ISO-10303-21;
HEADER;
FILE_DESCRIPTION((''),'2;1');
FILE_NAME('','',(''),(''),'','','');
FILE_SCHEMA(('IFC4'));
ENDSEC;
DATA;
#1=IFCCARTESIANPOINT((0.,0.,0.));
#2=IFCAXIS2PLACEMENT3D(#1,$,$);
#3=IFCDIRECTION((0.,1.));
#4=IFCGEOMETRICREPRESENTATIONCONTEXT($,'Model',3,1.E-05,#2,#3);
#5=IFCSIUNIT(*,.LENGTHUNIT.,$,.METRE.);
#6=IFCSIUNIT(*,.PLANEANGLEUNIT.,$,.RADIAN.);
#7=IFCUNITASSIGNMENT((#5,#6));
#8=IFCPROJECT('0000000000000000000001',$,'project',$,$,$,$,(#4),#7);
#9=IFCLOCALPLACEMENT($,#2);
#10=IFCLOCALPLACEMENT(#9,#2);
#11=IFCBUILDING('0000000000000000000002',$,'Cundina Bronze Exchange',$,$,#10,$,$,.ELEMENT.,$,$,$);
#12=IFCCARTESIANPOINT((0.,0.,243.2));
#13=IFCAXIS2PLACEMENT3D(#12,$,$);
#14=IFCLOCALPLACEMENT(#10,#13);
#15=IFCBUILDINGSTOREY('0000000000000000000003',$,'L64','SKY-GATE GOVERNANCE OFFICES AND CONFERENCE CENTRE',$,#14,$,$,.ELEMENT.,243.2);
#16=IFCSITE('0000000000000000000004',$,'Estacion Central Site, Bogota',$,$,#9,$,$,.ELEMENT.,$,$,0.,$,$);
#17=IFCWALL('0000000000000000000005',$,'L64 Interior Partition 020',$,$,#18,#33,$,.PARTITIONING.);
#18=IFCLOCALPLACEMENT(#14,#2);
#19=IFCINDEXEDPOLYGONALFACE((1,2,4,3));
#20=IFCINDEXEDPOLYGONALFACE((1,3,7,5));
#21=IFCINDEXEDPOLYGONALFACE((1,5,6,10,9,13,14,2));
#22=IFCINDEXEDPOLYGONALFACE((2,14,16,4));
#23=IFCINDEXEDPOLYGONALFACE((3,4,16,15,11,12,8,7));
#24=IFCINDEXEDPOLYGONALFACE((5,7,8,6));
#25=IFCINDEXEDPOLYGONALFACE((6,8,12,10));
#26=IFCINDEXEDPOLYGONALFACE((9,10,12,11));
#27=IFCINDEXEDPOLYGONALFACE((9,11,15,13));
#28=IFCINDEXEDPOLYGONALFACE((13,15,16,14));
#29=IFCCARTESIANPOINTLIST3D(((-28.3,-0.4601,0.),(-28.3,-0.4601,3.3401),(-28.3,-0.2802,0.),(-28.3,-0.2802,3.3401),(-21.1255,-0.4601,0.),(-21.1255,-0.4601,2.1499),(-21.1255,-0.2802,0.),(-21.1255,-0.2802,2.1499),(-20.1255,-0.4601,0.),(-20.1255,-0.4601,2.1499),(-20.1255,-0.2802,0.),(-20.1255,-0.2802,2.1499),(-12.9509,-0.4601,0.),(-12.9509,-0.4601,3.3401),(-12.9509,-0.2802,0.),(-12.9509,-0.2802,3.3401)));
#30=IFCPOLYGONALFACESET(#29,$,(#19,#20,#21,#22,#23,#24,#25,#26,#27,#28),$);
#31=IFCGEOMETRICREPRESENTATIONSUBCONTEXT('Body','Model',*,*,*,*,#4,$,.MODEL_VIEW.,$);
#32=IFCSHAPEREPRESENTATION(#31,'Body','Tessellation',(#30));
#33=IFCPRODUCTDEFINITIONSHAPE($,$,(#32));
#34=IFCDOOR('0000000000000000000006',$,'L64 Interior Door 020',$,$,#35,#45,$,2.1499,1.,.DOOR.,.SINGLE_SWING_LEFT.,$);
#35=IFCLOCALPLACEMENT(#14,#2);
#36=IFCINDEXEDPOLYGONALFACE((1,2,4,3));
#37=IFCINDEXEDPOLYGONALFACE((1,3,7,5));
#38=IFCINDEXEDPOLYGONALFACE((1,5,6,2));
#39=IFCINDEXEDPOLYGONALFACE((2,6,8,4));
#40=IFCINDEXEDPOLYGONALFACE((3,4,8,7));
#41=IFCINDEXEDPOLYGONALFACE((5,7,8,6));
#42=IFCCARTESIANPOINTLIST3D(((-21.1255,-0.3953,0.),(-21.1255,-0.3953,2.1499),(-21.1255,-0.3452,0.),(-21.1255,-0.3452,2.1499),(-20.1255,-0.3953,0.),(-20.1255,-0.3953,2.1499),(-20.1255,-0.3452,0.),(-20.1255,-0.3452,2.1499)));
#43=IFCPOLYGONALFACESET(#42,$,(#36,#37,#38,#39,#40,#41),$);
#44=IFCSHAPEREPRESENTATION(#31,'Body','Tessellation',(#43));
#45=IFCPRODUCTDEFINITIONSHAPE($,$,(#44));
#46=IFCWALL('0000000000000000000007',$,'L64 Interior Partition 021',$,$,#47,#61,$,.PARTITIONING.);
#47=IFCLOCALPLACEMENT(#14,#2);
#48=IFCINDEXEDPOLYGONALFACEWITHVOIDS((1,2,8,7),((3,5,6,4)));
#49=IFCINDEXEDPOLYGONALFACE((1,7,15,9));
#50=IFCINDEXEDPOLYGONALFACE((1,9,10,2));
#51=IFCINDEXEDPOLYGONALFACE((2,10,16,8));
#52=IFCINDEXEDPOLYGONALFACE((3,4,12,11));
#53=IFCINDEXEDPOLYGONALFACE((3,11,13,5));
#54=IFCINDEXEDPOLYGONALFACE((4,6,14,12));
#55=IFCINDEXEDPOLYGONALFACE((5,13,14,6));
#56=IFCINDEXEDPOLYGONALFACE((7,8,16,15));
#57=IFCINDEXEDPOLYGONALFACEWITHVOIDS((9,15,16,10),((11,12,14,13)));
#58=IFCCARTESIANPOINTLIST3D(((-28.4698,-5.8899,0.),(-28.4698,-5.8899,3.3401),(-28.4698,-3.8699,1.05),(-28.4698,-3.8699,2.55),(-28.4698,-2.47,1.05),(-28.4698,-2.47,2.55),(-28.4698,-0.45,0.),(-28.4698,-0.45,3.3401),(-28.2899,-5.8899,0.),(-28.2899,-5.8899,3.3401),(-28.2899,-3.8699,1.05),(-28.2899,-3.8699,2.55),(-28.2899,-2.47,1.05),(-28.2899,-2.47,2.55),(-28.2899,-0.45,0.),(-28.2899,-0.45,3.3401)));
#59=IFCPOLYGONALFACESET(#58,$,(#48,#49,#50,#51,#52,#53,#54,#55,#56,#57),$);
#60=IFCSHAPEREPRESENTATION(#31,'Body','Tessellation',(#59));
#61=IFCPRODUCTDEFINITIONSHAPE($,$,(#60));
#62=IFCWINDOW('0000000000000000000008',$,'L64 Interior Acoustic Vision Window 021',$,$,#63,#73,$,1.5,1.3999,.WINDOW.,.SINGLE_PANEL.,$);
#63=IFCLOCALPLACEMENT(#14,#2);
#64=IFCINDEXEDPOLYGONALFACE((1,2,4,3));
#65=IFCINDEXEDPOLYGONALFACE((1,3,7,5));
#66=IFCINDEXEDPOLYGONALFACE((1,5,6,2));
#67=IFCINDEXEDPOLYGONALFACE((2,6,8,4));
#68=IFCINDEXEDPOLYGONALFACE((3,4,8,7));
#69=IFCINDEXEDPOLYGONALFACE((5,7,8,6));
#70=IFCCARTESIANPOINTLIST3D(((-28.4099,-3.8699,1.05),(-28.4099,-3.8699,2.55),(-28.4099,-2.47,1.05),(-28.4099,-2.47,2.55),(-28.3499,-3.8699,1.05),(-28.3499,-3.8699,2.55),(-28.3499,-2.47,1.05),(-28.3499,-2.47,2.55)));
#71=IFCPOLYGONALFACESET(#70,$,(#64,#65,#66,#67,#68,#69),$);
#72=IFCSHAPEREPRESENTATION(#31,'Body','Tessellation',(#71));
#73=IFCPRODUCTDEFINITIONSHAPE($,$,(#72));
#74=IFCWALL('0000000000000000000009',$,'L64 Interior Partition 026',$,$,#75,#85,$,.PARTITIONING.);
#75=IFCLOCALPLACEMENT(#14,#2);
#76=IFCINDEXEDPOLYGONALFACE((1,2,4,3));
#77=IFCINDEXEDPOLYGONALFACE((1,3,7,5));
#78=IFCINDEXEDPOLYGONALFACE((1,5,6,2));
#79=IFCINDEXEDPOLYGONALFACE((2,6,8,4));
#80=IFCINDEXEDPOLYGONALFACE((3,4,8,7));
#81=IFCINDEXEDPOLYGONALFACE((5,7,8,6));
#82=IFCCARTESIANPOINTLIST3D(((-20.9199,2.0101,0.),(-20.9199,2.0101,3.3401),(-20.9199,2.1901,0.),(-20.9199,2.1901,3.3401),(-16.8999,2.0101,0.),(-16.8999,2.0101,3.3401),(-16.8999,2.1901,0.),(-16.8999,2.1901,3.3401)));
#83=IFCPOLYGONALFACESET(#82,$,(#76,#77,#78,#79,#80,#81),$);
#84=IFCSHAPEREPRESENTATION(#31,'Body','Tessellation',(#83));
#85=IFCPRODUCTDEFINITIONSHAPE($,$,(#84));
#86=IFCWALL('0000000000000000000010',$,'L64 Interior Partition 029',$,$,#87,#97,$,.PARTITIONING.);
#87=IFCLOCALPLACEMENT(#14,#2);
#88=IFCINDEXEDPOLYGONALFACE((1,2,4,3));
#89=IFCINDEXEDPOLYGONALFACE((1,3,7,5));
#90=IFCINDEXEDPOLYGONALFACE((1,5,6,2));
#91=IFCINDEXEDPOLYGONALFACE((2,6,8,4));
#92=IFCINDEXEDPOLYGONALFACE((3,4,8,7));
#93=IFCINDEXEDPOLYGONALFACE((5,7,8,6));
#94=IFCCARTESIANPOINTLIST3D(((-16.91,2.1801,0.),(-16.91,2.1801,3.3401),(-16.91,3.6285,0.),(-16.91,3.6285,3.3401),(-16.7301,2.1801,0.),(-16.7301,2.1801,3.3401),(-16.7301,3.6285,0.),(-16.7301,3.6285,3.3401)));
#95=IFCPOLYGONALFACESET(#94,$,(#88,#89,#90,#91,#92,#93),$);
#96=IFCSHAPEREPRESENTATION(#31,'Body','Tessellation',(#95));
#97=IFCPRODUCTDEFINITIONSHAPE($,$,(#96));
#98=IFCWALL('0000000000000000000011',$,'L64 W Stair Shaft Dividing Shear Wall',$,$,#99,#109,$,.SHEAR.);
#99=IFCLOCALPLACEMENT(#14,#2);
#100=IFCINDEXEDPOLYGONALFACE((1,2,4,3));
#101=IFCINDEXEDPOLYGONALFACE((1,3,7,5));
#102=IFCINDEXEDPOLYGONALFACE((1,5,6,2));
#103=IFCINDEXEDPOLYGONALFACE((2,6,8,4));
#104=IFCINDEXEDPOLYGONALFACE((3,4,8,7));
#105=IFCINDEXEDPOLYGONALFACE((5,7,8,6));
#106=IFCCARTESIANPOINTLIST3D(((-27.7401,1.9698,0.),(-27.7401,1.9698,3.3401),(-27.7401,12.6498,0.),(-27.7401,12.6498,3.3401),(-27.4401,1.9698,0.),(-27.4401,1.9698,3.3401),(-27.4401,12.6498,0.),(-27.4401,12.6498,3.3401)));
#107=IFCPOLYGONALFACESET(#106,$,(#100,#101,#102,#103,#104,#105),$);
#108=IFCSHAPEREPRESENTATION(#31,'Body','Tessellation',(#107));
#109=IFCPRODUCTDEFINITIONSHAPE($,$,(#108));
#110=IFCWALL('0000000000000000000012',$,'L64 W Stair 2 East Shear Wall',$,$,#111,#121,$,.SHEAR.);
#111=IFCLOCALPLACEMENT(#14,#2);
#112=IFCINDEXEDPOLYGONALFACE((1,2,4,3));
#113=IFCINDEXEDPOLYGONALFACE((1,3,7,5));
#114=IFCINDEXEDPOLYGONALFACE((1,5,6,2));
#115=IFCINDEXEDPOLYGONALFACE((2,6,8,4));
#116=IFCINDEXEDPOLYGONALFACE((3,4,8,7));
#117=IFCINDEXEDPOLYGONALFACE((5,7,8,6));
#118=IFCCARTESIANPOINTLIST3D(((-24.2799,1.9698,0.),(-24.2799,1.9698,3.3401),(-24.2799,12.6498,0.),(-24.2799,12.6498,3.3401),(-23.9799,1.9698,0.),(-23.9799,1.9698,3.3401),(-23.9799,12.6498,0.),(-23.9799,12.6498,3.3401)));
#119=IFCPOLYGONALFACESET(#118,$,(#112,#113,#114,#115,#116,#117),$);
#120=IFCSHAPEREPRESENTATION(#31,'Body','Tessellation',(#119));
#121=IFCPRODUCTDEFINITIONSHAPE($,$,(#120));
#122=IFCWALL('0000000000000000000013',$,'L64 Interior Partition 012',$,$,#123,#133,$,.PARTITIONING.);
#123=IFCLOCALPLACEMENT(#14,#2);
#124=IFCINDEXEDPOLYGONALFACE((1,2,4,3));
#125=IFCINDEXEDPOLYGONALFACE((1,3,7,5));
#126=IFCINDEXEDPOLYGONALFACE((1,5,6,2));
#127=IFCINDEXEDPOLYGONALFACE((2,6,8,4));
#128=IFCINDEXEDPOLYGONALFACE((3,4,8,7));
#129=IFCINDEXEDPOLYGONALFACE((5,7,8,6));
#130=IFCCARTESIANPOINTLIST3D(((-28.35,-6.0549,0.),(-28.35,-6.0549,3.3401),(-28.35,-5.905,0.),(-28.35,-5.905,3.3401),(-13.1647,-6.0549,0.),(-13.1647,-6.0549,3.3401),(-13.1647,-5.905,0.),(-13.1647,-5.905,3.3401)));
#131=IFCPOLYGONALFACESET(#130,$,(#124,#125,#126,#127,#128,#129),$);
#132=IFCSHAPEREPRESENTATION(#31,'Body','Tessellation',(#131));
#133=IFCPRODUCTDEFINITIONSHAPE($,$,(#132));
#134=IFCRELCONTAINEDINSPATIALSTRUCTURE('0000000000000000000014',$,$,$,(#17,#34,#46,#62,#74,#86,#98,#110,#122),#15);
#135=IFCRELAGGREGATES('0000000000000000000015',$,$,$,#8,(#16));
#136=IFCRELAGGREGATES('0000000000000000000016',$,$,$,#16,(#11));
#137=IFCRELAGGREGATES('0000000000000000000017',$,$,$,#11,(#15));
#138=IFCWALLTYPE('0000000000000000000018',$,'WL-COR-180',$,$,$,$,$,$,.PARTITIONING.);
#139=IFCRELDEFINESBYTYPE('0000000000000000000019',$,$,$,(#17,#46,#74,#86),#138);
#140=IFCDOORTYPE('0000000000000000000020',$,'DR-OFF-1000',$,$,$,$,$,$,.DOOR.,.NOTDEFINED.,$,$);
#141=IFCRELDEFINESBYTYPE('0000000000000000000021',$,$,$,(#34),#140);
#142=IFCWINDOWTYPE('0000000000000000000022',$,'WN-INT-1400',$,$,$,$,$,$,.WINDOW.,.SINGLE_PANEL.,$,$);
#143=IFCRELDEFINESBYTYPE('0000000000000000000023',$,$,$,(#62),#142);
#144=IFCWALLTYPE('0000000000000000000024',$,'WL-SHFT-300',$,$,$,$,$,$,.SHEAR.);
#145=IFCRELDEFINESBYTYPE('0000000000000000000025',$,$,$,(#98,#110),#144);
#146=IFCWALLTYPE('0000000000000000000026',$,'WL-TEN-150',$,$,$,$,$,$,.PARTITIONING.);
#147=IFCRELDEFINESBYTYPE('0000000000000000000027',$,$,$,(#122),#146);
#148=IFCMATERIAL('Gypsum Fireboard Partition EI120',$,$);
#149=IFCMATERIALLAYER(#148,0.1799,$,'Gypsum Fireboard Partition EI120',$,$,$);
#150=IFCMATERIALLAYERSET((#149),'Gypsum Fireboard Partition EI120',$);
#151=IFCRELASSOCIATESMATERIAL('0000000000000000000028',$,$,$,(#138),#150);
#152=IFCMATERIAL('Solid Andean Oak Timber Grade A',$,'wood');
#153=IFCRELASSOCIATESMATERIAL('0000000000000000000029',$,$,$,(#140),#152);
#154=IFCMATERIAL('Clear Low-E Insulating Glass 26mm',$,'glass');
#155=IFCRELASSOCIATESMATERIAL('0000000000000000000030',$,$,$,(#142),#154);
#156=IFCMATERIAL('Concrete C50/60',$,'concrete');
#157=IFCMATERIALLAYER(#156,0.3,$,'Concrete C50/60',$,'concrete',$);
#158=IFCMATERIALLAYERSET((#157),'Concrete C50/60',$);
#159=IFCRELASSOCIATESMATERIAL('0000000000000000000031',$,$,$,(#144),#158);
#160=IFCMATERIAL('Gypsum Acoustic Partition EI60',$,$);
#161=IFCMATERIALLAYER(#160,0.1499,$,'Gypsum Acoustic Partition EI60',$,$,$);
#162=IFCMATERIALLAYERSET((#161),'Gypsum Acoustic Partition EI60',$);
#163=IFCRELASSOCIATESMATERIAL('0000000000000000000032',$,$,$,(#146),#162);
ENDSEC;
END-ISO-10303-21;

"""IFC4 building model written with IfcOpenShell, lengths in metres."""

from ifc_helpers import new_model, si_unit, direction, frame, frame_2d, origin, place, context, subcontext, project, spatial, rectangle, extrude, material, layer, layer_set, type_object, element, fill, save


model = new_model("IFC4")

# Units and contexts
model_context = context("Model", 3, precision=1e-05, world=origin(), true_north=direction((0.0, 1.0)))
body_context = subcontext(model_context, "Body", "Model", "MODEL_VIEW")
ifc_project = project(units=[si_unit("LENGTHUNIT", "METRE"), si_unit("PLANEANGLEUNIT", "RADIAN")], contexts=[model_context])

# Site, building, storey
site_placement = place(None, origin())
site = spatial("IfcSite", under=ifc_project, at=site_placement, Name="Estacion Central Site, Bogota", CompositionType="ELEMENT", RefElevation=0.0)
building_placement = place(site_placement, origin())
building = spatial("IfcBuilding", under=site, at=building_placement, Name="Cundina Bronze Exchange", CompositionType="ELEMENT")
storey_placement = place(building_placement, frame((0.0, 0.0, 243.2)))
storey = spatial("IfcBuildingStorey", under=building, at=storey_placement, Name="L64", Description="SKY-GATE GOVERNANCE OFFICES AND CONFERENCE CENTRE", CompositionType="ELEMENT", Elevation=243.2)

# Shared definitions
ifc_material_1 = material(Name="Concrete C50/60", Category="concrete")

# Shared definitions
ifc_material_2 = material(Name="Gypsum Fireboard Partition EI120")
ifc_layer_1 = layer(ifc_material_2, 0.1799, Name="Gypsum Fireboard Partition EI120")
ifc_layer_set_1 = layer_set([ifc_layer_1], Name="Gypsum Fireboard Partition EI120")
wall_type_1 = type_object("IfcWallType", Name="WL-COR-180", PredefinedType="PARTITIONING", material=ifc_layer_set_1)

# Wall, opening, door
wall_1_placement = place(storey_placement, frame((-28.3, -0.3701, 0.0), z_axis=(0.0, 0.0, 1.0), x_axis=(1.0, 0.0, 0.0)))
wall_1 = element("IfcWall", 1, at=wall_1_placement, inside=storey, type_object=wall_type_1, Name="L64 Interior Partition 020", PredefinedType="PARTITIONING", context=body_context, shape_type="SweptSolid", body=[
    extrude(rectangle(XDim=15.3491, YDim=0.1799, at=frame_2d((7.6746, 0.0))), origin(), (0.0, 0.0, 1.0), 3.3401),
])
opening_1_placement = place(wall_1_placement, frame((7.1746, 0.0, 0.0)))
opening_1 = element("IfcOpeningElement", 2, at=opening_1_placement, cuts=wall_1, PredefinedType="OPENING", context=body_context, shape_type="SweptSolid", body=[
    extrude(rectangle(XDim=1.0, YDim=2.1499, at=frame_2d((0.5, 1.075))), frame((0.0, 0.0999, 0.0), z_axis=(0.0, -1.0, 0.0), x_axis=(1.0, 0.0, 0.0)), (0.0, 0.0, 1.0), 0.2),
])
ifc_material_3 = material(Name="Solid Andean Oak Timber Grade A", Category="wood")
door_type_1 = type_object("IfcDoorType", Name="DR-OFF-1000", OperationType="NOTDEFINED", PredefinedType="DOOR", material=ifc_material_3)
door_1_placement = place(opening_1_placement, origin())
door_1 = element("IfcDoor", 3, at=door_1_placement, inside=storey, type_object=door_type_1, Name="L64 Interior Door 020", OperationType="SINGLE_SWING_LEFT", OverallHeight=2.1499, OverallWidth=1.0, PredefinedType="DOOR", context=body_context, shape_type="SweptSolid", body=[
    extrude(rectangle(XDim=1.0, YDim=2.1499, at=frame_2d((0.5, 1.075))), frame((0.0, 0.0249, 0.0), z_axis=(0.0, -1.0, 0.0), x_axis=(1.0, 0.0, 0.0)), (0.0, 0.0, 1.0), 0.05),
])
fill(opening_1, door_1)

# Wall, opening, window
wall_2_placement = place(storey_placement, frame((-28.3799, -5.8899, 0.0), z_axis=(0.0, 0.0, 1.0), x_axis=(0.0, 1.0, 0.0)))
wall_2 = element("IfcWall", 4, at=wall_2_placement, inside=storey, type_object=wall_type_1, Name="L64 Interior Partition 021", PredefinedType="PARTITIONING", context=body_context, shape_type="SweptSolid", body=[
    extrude(rectangle(XDim=5.4399, YDim=0.1799, at=frame_2d((2.72, 0.0))), origin(), (0.0, 0.0, 1.0), 3.3401),
])
opening_2_placement = place(wall_2_placement, frame((2.02, 0.0, 1.05)))
opening_2 = element("IfcOpeningElement", 5, at=opening_2_placement, cuts=wall_2, PredefinedType="OPENING", context=body_context, shape_type="SweptSolid", body=[
    extrude(rectangle(XDim=1.3999, YDim=1.5, at=frame_2d((0.7, 0.75))), frame((0.0, 0.0999, 0.0), z_axis=(0.0, -1.0, 0.0), x_axis=(1.0, 0.0, 0.0)), (0.0, 0.0, 1.0), 0.2),
])
ifc_material_4 = material(Name="Clear Low-E Insulating Glass 26mm", Category="glass")
window_type = type_object("IfcWindowType", Name="WN-INT-1400", PartitioningType="SINGLE_PANEL", PredefinedType="WINDOW", material=ifc_material_4)
window_placement = place(opening_2_placement, origin())
window = element("IfcWindow", 6, at=window_placement, inside=storey, type_object=window_type, Name="L64 Interior Acoustic Vision Window 021", OverallHeight=1.5, OverallWidth=1.3999, PartitioningType="SINGLE_PANEL", PredefinedType="WINDOW", context=body_context, shape_type="SweptSolid", body=[
    extrude(rectangle(XDim=1.3999, YDim=1.5, at=frame_2d((0.7, 0.75))), frame((0.0, 0.03, 0.0), z_axis=(0.0, -1.0, 0.0), x_axis=(1.0, 0.0, 0.0)), (0.0, 0.0, 1.0), 0.0601),
])
fill(opening_2, window)

# Walls
wall_3_placement = place(storey_placement, frame((-16.8999, 2.1001, 0.0), z_axis=(0.0, 0.0, 1.0), x_axis=(-1.0, 0.0, 0.0)))
element("IfcWall", 7, at=wall_3_placement, inside=storey, type_object=wall_type_1, Name="L64 Interior Partition 026", PredefinedType="PARTITIONING", context=body_context, shape_type="SweptSolid", body=[
    extrude(rectangle(XDim=4.02, YDim=0.1799, at=frame_2d((2.01, 0.0))), origin(), (0.0, 0.0, 1.0), 3.3401),
])
wall_4_placement = place(storey_placement, frame((-16.8201, 3.6284, 0.0), z_axis=(0.0, 0.0, 1.0), x_axis=(0.0, -1.0, 0.0)))
element("IfcWall", 8, at=wall_4_placement, inside=storey, type_object=wall_type_1, Name="L64 Interior Partition 029", PredefinedType="PARTITIONING", context=body_context, shape_type="SweptSolid", body=[
    extrude(rectangle(XDim=1.4485, YDim=0.1799, at=frame_2d((0.7241, 0.0))), origin(), (0.0, 0.0, 1.0), 3.3401),
])
ifc_layer_2 = layer(ifc_material_1, 0.3, Name="Concrete C50/60", Category="concrete")
ifc_layer_set_2 = layer_set([ifc_layer_2], Name="Concrete C50/60")
wall_type_2 = type_object("IfcWallType", Name="WL-SHFT-300", PredefinedType="SHEAR", material=ifc_layer_set_2)
for number, where, z_axis, x_axis, name in (
    (9, (-27.5901, 1.97, 0.0), (0.0, 0.0, 1.0), (0.0, 1.0, 0.0), "L64 W Stair Shaft Dividing Shear Wall"),
    (10, (-24.1299, 1.97, 0.0), (0.0, 0.0, 1.0), (0.0, 1.0, 0.0), "L64 W Stair 2 East Shear Wall"),
):
    element("IfcWall", number, at=place(storey_placement, frame(where, z_axis=z_axis, x_axis=x_axis)), inside=storey, type_object=wall_type_2, Name=name, PredefinedType="SHEAR", context=body_context, shape_type="SweptSolid", body=[
        extrude(rectangle(XDim=10.6799, YDim=0.3, at=frame_2d((5.3398, 0.0))), origin(), (0.0, 0.0, 1.0), 3.3401),
    ])
ifc_material_5 = material(Name="Gypsum Acoustic Partition EI60")
ifc_layer_3 = layer(ifc_material_5, 0.1499, Name="Gypsum Acoustic Partition EI60")
ifc_layer_set_3 = layer_set([ifc_layer_3], Name="Gypsum Acoustic Partition EI60")
wall_type_3 = type_object("IfcWallType", Name="WL-TEN-150", PredefinedType="PARTITIONING", material=ifc_layer_set_3)
wall_5_placement = place(storey_placement, frame((-28.3501, -5.98, 0.0), z_axis=(0.0, 0.0, 1.0), x_axis=(1.0, 0.0, 0.0)))
element("IfcWall", 11, at=wall_5_placement, inside=storey, type_object=wall_type_3, Name="L64 Interior Partition 012", PredefinedType="PARTITIONING", context=body_context, shape_type="SweptSolid", body=[
    extrude(rectangle(XDim=15.1853, YDim=0.1499, at=frame_2d((7.5928, 0.0))), origin(), (0.0, 0.0, 1.0), 3.3401),
])

save(model, "model.ifc")
